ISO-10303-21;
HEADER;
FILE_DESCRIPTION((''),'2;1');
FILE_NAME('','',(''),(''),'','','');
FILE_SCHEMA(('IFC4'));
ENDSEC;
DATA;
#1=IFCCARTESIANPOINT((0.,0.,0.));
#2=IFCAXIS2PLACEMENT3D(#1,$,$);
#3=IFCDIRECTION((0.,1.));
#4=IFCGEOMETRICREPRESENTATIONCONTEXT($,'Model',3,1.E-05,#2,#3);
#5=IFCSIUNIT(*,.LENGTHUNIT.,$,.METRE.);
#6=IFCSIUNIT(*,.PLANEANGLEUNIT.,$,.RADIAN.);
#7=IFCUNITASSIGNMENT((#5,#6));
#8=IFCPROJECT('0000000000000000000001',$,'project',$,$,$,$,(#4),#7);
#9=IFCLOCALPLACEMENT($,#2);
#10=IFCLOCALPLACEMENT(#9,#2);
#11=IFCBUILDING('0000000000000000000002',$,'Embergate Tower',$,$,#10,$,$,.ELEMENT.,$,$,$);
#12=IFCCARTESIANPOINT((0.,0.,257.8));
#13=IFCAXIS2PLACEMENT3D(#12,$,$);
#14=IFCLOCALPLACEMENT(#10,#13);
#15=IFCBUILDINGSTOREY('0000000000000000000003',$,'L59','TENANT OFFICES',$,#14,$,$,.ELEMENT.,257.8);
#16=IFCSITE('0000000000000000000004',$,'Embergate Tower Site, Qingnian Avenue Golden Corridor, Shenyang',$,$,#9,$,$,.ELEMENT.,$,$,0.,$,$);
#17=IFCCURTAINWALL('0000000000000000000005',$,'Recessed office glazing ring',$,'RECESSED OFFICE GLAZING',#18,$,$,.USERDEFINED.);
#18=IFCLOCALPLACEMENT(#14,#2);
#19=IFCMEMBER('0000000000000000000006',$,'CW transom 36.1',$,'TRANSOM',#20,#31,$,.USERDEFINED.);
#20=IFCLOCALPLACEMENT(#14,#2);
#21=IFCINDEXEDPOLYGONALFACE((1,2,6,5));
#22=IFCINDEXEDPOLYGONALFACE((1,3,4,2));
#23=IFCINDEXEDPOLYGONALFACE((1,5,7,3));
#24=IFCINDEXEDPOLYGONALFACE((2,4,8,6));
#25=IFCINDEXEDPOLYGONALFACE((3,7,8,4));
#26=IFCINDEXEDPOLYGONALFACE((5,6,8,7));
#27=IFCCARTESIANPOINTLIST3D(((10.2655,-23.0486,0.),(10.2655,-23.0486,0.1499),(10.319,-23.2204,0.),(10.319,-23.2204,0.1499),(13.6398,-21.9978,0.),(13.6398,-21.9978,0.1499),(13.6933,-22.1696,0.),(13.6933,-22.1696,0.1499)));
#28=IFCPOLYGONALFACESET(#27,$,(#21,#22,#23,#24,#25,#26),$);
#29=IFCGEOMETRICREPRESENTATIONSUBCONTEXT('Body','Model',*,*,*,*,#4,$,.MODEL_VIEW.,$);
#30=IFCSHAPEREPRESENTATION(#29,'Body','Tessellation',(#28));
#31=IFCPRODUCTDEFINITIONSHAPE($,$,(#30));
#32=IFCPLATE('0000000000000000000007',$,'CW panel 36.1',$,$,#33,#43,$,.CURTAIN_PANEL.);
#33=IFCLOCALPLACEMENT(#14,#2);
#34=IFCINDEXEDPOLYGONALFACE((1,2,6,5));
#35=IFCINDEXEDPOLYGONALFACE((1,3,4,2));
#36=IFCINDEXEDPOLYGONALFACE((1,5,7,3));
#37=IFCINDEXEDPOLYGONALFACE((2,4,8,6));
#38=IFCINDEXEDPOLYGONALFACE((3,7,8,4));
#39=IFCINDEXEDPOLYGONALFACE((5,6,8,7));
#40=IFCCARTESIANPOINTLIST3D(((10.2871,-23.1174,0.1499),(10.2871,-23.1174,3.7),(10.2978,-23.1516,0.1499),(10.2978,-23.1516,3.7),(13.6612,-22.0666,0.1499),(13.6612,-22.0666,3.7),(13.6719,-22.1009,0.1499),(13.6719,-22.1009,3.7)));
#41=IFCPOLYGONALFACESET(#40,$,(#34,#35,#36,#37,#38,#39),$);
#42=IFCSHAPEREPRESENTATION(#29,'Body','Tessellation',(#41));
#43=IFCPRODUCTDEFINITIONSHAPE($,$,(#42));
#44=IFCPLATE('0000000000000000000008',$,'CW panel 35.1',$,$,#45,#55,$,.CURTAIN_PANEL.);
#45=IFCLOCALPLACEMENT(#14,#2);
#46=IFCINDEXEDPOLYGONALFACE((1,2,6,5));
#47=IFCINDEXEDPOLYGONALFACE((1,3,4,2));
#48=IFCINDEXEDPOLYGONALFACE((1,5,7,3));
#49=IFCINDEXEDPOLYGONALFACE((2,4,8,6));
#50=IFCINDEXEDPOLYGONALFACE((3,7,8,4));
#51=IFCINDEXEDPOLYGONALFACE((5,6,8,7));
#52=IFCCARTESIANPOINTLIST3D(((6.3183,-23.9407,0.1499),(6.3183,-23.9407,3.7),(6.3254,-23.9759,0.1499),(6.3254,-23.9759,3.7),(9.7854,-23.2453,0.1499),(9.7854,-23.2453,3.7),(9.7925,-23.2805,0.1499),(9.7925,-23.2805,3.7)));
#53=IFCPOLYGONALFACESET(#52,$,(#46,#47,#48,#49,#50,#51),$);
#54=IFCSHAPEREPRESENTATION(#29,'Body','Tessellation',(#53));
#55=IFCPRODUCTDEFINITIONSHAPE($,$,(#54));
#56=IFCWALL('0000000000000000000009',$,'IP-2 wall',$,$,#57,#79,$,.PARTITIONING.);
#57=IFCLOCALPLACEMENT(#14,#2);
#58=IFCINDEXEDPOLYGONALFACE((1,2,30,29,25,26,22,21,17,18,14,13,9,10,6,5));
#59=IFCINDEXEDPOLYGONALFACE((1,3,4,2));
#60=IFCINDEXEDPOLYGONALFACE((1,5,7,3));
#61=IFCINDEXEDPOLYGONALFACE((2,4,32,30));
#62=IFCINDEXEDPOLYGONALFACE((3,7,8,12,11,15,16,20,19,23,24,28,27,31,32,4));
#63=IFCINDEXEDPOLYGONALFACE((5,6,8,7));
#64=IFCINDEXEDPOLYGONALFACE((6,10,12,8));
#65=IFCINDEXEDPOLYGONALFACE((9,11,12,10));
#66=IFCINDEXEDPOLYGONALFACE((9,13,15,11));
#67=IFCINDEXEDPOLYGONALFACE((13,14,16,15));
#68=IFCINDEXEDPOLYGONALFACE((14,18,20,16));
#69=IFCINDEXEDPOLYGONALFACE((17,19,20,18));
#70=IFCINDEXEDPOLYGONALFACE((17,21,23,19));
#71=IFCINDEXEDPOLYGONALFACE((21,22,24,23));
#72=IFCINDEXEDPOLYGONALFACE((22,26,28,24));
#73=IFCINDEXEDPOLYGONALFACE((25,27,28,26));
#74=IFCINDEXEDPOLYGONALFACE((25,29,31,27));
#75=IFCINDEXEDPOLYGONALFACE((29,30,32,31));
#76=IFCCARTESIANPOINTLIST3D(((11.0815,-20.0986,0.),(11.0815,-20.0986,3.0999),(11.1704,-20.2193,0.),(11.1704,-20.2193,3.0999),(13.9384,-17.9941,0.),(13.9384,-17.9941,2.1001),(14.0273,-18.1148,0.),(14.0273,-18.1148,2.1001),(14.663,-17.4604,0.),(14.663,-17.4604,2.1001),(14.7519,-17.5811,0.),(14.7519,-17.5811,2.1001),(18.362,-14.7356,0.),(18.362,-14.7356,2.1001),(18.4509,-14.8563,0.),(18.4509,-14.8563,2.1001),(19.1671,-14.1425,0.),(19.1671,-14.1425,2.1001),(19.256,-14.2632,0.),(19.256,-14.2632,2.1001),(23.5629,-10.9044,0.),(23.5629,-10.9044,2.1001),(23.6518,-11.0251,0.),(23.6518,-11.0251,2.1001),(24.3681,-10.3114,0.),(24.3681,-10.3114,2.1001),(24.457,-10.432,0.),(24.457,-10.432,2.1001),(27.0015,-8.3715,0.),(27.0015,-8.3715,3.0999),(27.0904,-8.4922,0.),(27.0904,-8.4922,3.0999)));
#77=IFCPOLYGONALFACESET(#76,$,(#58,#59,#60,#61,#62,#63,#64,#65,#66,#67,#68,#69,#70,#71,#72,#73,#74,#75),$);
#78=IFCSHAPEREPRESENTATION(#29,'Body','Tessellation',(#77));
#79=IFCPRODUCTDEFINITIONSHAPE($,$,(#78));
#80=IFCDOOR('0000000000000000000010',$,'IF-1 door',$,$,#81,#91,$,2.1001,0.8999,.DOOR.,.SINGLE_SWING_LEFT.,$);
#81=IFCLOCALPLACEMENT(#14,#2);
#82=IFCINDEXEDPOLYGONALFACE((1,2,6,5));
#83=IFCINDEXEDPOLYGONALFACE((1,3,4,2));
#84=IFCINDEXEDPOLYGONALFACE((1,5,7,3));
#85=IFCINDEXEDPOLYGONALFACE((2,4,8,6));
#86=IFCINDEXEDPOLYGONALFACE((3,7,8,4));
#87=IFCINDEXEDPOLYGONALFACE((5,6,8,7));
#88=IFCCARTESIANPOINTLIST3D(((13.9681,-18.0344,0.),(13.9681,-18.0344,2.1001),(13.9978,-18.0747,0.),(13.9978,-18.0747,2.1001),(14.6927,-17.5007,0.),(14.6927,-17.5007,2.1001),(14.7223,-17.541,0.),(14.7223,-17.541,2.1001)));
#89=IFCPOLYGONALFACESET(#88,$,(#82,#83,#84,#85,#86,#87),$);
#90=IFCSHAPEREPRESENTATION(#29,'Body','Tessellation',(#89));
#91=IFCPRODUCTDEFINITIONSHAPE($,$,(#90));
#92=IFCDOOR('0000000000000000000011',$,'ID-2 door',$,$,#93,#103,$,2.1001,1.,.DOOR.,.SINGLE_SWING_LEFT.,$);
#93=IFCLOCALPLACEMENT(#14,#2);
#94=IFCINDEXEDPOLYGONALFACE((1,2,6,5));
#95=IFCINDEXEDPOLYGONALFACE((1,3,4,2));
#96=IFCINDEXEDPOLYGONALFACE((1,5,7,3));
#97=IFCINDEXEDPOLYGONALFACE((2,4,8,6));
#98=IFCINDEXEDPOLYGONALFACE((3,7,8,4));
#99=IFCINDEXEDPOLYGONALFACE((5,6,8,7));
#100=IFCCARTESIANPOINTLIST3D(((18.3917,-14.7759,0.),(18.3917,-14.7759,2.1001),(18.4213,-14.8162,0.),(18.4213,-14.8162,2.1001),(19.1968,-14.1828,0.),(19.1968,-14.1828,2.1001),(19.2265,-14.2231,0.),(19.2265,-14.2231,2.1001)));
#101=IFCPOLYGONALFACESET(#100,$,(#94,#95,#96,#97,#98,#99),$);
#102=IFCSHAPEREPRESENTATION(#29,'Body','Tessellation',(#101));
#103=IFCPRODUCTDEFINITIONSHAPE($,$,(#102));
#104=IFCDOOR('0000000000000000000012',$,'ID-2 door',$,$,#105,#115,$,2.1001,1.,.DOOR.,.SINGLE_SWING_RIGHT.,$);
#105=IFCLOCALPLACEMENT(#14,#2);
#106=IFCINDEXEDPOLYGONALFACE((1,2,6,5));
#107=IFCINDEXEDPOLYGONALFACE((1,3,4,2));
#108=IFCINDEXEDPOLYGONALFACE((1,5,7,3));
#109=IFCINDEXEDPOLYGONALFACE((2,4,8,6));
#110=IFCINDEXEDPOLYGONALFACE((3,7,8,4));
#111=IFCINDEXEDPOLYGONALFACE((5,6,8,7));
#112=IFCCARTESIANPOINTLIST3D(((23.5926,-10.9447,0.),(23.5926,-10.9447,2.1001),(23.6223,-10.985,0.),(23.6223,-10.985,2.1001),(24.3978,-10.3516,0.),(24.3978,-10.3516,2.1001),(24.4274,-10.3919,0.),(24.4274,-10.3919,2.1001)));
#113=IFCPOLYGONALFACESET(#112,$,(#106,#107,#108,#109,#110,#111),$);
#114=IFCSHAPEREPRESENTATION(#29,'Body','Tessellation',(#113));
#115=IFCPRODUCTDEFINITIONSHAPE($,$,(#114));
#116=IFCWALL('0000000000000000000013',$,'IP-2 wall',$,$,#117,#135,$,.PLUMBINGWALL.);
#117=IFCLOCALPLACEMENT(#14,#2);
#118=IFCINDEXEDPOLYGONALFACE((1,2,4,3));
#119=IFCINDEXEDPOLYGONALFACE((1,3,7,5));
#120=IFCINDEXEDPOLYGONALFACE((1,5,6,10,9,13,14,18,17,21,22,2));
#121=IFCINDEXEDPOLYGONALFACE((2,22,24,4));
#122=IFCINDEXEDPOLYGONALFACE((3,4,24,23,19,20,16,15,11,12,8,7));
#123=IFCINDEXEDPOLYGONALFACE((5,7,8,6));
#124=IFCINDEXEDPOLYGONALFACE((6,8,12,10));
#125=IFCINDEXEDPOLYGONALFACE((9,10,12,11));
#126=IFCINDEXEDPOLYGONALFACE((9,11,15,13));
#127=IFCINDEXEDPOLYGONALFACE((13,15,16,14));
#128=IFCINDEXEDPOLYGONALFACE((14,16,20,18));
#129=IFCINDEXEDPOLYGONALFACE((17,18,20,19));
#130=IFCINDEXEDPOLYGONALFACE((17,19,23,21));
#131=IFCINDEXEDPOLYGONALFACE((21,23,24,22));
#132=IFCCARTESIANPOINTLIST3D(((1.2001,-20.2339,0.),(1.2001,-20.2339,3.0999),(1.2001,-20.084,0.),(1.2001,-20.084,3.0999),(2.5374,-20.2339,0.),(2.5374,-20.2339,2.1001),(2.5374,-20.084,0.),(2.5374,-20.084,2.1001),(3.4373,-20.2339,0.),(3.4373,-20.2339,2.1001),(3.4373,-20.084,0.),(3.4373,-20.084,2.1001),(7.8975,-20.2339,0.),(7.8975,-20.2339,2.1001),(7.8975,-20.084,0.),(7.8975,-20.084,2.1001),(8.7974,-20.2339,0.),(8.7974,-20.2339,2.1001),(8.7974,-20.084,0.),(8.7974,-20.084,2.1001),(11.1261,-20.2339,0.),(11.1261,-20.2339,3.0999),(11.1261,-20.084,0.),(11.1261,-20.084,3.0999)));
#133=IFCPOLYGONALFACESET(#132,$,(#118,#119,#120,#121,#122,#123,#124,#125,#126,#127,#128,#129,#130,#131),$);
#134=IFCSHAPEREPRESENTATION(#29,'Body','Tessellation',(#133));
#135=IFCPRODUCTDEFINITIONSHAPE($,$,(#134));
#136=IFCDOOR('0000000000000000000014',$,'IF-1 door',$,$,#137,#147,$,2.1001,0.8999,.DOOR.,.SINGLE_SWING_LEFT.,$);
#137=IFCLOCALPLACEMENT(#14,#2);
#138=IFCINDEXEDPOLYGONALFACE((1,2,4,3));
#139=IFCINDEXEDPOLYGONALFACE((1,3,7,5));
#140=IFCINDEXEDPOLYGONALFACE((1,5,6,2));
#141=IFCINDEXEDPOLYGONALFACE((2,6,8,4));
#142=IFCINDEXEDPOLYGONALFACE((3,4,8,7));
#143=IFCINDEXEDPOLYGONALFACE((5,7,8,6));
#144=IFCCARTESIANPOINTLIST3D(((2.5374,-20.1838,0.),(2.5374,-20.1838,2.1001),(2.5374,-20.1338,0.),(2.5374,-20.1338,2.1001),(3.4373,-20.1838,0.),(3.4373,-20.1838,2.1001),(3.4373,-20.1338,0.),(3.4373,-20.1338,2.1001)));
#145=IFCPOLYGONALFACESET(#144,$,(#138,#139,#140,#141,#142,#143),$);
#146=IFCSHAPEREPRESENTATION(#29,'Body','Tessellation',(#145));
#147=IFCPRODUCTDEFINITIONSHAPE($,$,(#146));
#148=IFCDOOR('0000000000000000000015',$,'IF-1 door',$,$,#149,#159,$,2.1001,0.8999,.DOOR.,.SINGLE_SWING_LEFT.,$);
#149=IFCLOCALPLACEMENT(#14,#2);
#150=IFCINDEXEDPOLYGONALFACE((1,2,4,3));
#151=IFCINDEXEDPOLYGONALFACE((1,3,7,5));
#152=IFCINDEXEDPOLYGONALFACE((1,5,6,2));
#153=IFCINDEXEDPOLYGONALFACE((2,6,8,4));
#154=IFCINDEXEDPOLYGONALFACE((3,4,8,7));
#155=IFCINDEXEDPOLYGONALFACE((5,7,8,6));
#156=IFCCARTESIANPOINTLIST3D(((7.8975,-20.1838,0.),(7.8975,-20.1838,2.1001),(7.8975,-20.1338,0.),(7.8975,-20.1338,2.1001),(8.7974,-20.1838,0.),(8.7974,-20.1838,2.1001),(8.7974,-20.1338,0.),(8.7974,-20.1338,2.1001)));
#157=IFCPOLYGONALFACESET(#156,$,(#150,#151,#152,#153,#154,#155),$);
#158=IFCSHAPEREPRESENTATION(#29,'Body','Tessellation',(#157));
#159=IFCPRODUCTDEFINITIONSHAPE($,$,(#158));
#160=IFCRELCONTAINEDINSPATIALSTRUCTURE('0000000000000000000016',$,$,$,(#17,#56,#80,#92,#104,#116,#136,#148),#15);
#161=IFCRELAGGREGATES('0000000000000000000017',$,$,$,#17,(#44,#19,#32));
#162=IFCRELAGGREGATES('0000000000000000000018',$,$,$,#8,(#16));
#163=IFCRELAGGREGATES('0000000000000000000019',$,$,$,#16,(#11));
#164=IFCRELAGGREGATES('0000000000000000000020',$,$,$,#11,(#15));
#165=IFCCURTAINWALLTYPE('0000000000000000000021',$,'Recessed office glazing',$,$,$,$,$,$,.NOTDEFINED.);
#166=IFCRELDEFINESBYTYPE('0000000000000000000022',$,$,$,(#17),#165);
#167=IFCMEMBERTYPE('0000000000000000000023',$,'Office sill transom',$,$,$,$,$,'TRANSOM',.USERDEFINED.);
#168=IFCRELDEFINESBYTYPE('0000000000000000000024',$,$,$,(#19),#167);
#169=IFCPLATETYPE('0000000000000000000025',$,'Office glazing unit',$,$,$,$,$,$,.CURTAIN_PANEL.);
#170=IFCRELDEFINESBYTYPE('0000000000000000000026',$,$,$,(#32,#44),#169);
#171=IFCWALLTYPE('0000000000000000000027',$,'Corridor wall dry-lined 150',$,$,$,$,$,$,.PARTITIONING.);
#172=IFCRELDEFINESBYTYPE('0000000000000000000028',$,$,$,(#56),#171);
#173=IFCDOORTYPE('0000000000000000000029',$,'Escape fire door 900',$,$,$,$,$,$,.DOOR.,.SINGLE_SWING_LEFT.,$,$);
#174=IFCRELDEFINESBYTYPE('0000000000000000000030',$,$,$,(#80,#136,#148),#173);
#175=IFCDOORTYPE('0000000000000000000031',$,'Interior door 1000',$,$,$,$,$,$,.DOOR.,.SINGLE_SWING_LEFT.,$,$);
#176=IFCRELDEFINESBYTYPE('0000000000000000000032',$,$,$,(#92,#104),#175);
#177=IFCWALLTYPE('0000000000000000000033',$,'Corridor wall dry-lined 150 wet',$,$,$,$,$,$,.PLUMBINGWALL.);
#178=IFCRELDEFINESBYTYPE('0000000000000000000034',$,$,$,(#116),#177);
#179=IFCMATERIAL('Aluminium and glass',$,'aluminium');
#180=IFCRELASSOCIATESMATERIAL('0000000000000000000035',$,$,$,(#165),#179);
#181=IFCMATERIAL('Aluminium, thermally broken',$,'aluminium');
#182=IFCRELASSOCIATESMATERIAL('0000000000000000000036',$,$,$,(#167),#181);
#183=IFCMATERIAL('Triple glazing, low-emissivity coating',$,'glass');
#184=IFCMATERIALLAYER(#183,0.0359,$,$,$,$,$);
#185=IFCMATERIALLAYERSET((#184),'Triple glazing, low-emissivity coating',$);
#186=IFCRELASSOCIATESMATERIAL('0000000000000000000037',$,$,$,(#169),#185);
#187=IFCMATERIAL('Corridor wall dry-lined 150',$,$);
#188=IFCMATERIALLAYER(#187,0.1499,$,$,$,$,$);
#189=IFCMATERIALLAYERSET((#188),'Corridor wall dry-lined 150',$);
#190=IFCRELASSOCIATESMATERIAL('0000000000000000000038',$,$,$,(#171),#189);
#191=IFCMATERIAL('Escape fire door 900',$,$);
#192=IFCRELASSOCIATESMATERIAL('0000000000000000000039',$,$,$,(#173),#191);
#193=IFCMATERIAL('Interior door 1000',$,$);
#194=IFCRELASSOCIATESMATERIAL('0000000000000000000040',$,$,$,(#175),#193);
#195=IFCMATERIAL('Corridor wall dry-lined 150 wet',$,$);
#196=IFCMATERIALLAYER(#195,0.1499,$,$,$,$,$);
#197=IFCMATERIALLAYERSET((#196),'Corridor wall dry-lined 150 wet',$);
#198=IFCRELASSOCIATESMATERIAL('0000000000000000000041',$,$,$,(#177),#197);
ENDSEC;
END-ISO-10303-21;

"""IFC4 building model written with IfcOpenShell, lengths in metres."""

from ifc_helpers import new_model, si_unit, direction, frame, frame_2d, origin, origin_2d, place, context, subcontext, project, spatial, rectangle, extrude, source, transform, mapped, material, layer, layer_set, material_profile, profile_set, type_object, element, fill, aggregate, save


model = new_model("IFC4")

# Units and contexts
model_context = context("Model", 3, precision=1e-05, world=origin(), true_north=direction((0.0, 1.0)))
body_context = subcontext(model_context, "Body", "Model", "MODEL_VIEW")
ifc_project = project(units=[si_unit("LENGTHUNIT", "METRE"), si_unit("PLANEANGLEUNIT", "RADIAN")], contexts=[model_context])

# Site, building, storey
site_placement = place(None, origin())
site = spatial("IfcSite", under=ifc_project, at=site_placement, Name="Embergate Tower Site, Qingnian Avenue Golden Corridor, Shenyang", CompositionType="ELEMENT", RefElevation=0.0)
building_placement = place(site_placement, origin())
building = spatial("IfcBuilding", under=site, at=building_placement, Name="Embergate Tower", CompositionType="ELEMENT")
storey_placement = place(building_placement, frame((0.0, 0.0, 257.8)))
storey = spatial("IfcBuildingStorey", under=building, at=storey_placement, Name="L59", Description="TENANT OFFICES", CompositionType="ELEMENT", Elevation=257.8)

# Curtain wall, member, plates
ifc_material_1 = material(Name="Aluminium and glass", Category="aluminium")
curtain_wall_type = type_object("IfcCurtainWallType", Name="Recessed office glazing", PredefinedType="NOTDEFINED", material=ifc_material_1)
curtain_wall_placement = place(storey_placement, origin())
curtain_wall = element("IfcCurtainWall", 1, at=curtain_wall_placement, inside=storey, type_object=curtain_wall_type, Name="Recessed office glazing ring", ObjectType="RECESSED OFFICE GLAZING", PredefinedType="USERDEFINED")
ifc_material_2 = material(Name="Aluminium, thermally broken", Category="aluminium")
ifc_material_profile_1 = material_profile(ifc_material_2, rectangle(XDim=0.1799, YDim=0.1499, at=origin_2d()), Name="AL 150x180")
ifc_profile_set_1 = profile_set([ifc_material_profile_1], Name="Aluminium, thermally broken")
member_type_1 = type_object("IfcMemberType", Name="Office sill transom", ElementType="TRANSOM", PredefinedType="USERDEFINED", material=ifc_profile_set_1)
shared_shape_1 = source(origin(), body_context, "Body", "SweptSolid", [
    extrude(rectangle(XDim=0.1799, YDim=0.1499, at=origin_2d()), origin(), (0.0, 0.0, 1.0), 3.5342),
])
member_1_placement = place(storey_placement, frame((10.2922, -23.1345, 0.075), z_axis=(0.954776, 0.297327, 0.0), x_axis=(-0.297327, 0.954776, 0.0)))
member_1 = element("IfcMember", 2, at=member_1_placement, type_object=member_type_1, Name="CW transom 36.1", ObjectType="TRANSOM", PredefinedType="USERDEFINED", context=body_context, shape_type="MappedRepresentation", body=[
    mapped(shared_shape_1, transform((0.0, 0.0, 0.0))),
])
ifc_material_3 = material(Name="Triple glazing, low-emissivity coating", Category="glass")
ifc_layer_1 = layer(ifc_material_3, 0.0359)
ifc_layer_set_1 = layer_set([ifc_layer_1], Name="Triple glazing, low-emissivity coating")
plate_type = type_object("IfcPlateType", Name="Office glazing unit", PredefinedType="CURTAIN_PANEL", material=ifc_layer_set_1)
shared_shape_2 = source(origin(), body_context, "Body", "SweptSolid", [
    extrude(rectangle(XDim=3.5339, YDim=0.0359, at=origin_2d()), origin(), (0.0, 0.0, 1.0), 3.55),
])
plate_1_placement = place(storey_placement, frame((11.9795, -22.6091, 0.1499), z_axis=(0.0, 0.0, 1.0), x_axis=(0.954773, 0.297337, 0.0)))
plate_1 = element("IfcPlate", 3, at=plate_1_placement, type_object=plate_type, Name="CW panel 36.1", PredefinedType="CURTAIN_PANEL", context=body_context, shape_type="MappedRepresentation", body=[
    mapped(shared_shape_2, transform((0.0, 0.0, 0.0))),
])
shared_shape_3 = source(origin(), body_context, "Body", "SweptSolid", [
    extrude(rectangle(XDim=3.5361, YDim=0.0359, at=origin_2d()), origin(), (0.0, 0.0, 1.0), 3.55),
])
plate_2_placement = place(storey_placement, frame((8.0554, -23.6106, 0.1499), z_axis=(0.0, 0.0, 1.0), x_axis=(0.980476, 0.196639, 0.0)))
plate_2 = element("IfcPlate", 4, at=plate_2_placement, type_object=plate_type, Name="CW panel 35.1", PredefinedType="CURTAIN_PANEL", context=body_context, shape_type="MappedRepresentation", body=[
    mapped(shared_shape_3, transform((0.0, 0.0, 0.0))),
])
aggregate(curtain_wall, [plate_2, member_1, plate_1])

# Walls, openings, doors
ifc_material_4 = material(Name="Corridor wall dry-lined 150")
ifc_layer_2 = layer(ifc_material_4, 0.1499)
ifc_layer_set_2 = layer_set([ifc_layer_2], Name="Corridor wall dry-lined 150")
wall_type_1 = type_object("IfcWallType", Name="Corridor wall dry-lined 150", PredefinedType="PARTITIONING", material=ifc_layer_set_2)
shared_shape_4 = source(origin(), body_context, "Body", "SweptSolid", [
    extrude(rectangle(XDim=19.7729, YDim=0.1499, at=frame_2d((9.8865, 0.0))), origin(), (0.0, 0.0, 1.0), 3.0999),
])
wall_1_placement = place(storey_placement, frame((11.126, -20.1589, 0.0), z_axis=(0.0, 0.0, 1.0), x_axis=(0.805138, 0.593087, 0.0)))
wall_1 = element("IfcWall", 5, at=wall_1_placement, inside=storey, type_object=wall_type_1, Name="IP-2 wall", PredefinedType="PARTITIONING", context=body_context, shape_type="MappedRepresentation", body=[
    mapped(shared_shape_4, transform((0.0, 0.0, 0.0))),
])
shared_shape_5 = source(origin(), body_context, "Body", "SweptSolid", [
    extrude(rectangle(XDim=0.8999, YDim=2.1001, at=frame_2d((0.45, 1.05))), frame((0.0, 0.085, 0.0), z_axis=(0.0, -1.0, 0.0), x_axis=(1.0, 0.0, 0.0)), (0.0, 0.0, 1.0), 0.1699),
])
opening_1_placement = place(wall_1_placement, frame((3.5483, 0.0, 0.0)))
opening_1 = element("IfcOpeningElement", 6, at=opening_1_placement, cuts=wall_1, PredefinedType="OPENING", context=body_context, shape_type="MappedRepresentation", body=[
    mapped(shared_shape_5, transform((0.0, 0.0, 0.0))),
])
shared_shape_6 = source(origin(), body_context, "Body", "SweptSolid", [
    extrude(rectangle(XDim=1.0, YDim=2.1001, at=frame_2d((0.5, 1.05))), frame((0.0, 0.085, 0.0), z_axis=(0.0, -1.0, 0.0), x_axis=(1.0, 0.0, 0.0)), (0.0, 0.0, 1.0), 0.1699),
])
opening_2_placement = place(wall_1_placement, frame((9.0425, 0.0, 0.0)))
opening_2 = element("IfcOpeningElement", 7, at=opening_2_placement, cuts=wall_1, PredefinedType="OPENING", context=body_context, shape_type="MappedRepresentation", body=[
    mapped(shared_shape_6, transform((0.0, 0.0, 0.0))),
])
opening_3_placement = place(wall_1_placement, frame((15.5022, 0.0, 0.0)))
opening_3 = element("IfcOpeningElement", 8, at=opening_3_placement, cuts=wall_1, PredefinedType="OPENING", context=body_context, shape_type="MappedRepresentation", body=[
    mapped(shared_shape_6, transform((0.0, 0.0, 0.0))),
])
ifc_material_5 = material(Name="Escape fire door 900")
door_type_1 = type_object("IfcDoorType", Name="Escape fire door 900", OperationType="SINGLE_SWING_LEFT", PredefinedType="DOOR", material=ifc_material_5)
shared_shape_7 = source(origin(), body_context, "Body", "SweptSolid", [
    extrude(rectangle(XDim=0.8999, YDim=2.1001, at=frame_2d((0.45, 1.05))), frame((0.0, 0.0249, 0.0), z_axis=(0.0, -1.0, 0.0), x_axis=(1.0, 0.0, 0.0)), (0.0, 0.0, 1.0), 0.05),
])
door_1_placement = place(opening_1_placement, origin())
door_1 = element("IfcDoor", 9, at=door_1_placement, inside=storey, type_object=door_type_1, Name="IF-1 door", OperationType="SINGLE_SWING_LEFT", OverallHeight=2.1001, OverallWidth=0.8999, PredefinedType="DOOR", context=body_context, shape_type="MappedRepresentation", body=[
    mapped(shared_shape_7, transform((0.0, 0.0, 0.0))),
])
fill(opening_1, door_1)
ifc_material_6 = material(Name="Interior door 1000")
door_type_2 = type_object("IfcDoorType", Name="Interior door 1000", OperationType="SINGLE_SWING_LEFT", PredefinedType="DOOR", material=ifc_material_6)
shared_shape_8 = source(origin(), body_context, "Body", "SweptSolid", [
    extrude(rectangle(XDim=1.0, YDim=2.1001, at=frame_2d((0.5, 1.05))), frame((0.0, 0.0249, 0.0), z_axis=(0.0, -1.0, 0.0), x_axis=(1.0, 0.0, 0.0)), (0.0, 0.0, 1.0), 0.05),
])
door_2_placement = place(opening_2_placement, origin())
door_2 = element("IfcDoor", 10, at=door_2_placement, inside=storey, type_object=door_type_2, Name="ID-2 door", OperationType="SINGLE_SWING_LEFT", OverallHeight=2.1001, OverallWidth=1.0, PredefinedType="DOOR", context=body_context, shape_type="MappedRepresentation", body=[
    mapped(shared_shape_8, transform((0.0, 0.0, 0.0))),
])
fill(opening_2, door_2)
door_3_placement = place(opening_3_placement, origin())
door_3 = element("IfcDoor", 11, at=door_3_placement, inside=storey, type_object=door_type_2, Name="ID-2 door", OperationType="SINGLE_SWING_RIGHT", OverallHeight=2.1001, OverallWidth=1.0, PredefinedType="DOOR", context=body_context, shape_type="MappedRepresentation", body=[
    mapped(shared_shape_8, transform((0.0, 0.0, 0.0))),
])
fill(opening_3, door_3)
ifc_material_7 = material(Name="Corridor wall dry-lined 150 wet")
ifc_layer_3 = layer(ifc_material_7, 0.1499)
ifc_layer_set_3 = layer_set([ifc_layer_3], Name="Corridor wall dry-lined 150 wet")
wall_type_2 = type_object("IfcWallType", Name="Corridor wall dry-lined 150 wet", PredefinedType="PLUMBINGWALL", material=ifc_layer_set_3)
shared_shape_9 = source(origin(), body_context, "Body", "SweptSolid", [
    extrude(rectangle(XDim=9.926, YDim=0.1499, at=frame_2d((4.9629, 0.0))), origin(), (0.0, 0.0, 1.0), 3.0999),
])
wall_2_placement = place(storey_placement, frame((11.126, -20.1589, 0.0), z_axis=(0.0, 0.0, 1.0), x_axis=(-1.0, 0.0, 0.0)))
wall_2 = element("IfcWall", 12, at=wall_2_placement, inside=storey, type_object=wall_type_2, Name="IP-2 wall", PredefinedType="PLUMBINGWALL", context=body_context, shape_type="MappedRepresentation", body=[
    mapped(shared_shape_9, transform((0.0, 0.0, 0.0))),
])
opening_4_placement = place(wall_2_placement, frame((7.6887, 0.0, 0.0)))
opening_4 = element("IfcOpeningElement", 13, at=opening_4_placement, cuts=wall_2, PredefinedType="OPENING", context=body_context, shape_type="MappedRepresentation", body=[
    mapped(shared_shape_5, transform((0.0, 0.0, 0.0))),
])
opening_5_placement = place(wall_2_placement, frame((2.3286, 0.0, 0.0)))
opening_5 = element("IfcOpeningElement", 14, at=opening_5_placement, cuts=wall_2, PredefinedType="OPENING", context=body_context, shape_type="MappedRepresentation", body=[
    mapped(shared_shape_5, transform((0.0, 0.0, 0.0))),
])
door_4_placement = place(opening_4_placement, origin())
door_4 = element("IfcDoor", 15, at=door_4_placement, inside=storey, type_object=door_type_1, Name="IF-1 door", OperationType="SINGLE_SWING_LEFT", OverallHeight=2.1001, OverallWidth=0.8999, PredefinedType="DOOR", context=body_context, shape_type="MappedRepresentation", body=[
    mapped(shared_shape_7, transform((0.0, 0.0, 0.0))),
])
fill(opening_4, door_4)
door_5_placement = place(opening_5_placement, origin())
door_5 = element("IfcDoor", 16, at=door_5_placement, inside=storey, type_object=door_type_1, Name="IF-1 door", OperationType="SINGLE_SWING_LEFT", OverallHeight=2.1001, OverallWidth=0.8999, PredefinedType="DOOR", context=body_context, shape_type="MappedRepresentation", body=[
    mapped(shared_shape_7, transform((0.0, 0.0, 0.0))),
])
fill(opening_5, door_5)

save(model, "model.ifc")
